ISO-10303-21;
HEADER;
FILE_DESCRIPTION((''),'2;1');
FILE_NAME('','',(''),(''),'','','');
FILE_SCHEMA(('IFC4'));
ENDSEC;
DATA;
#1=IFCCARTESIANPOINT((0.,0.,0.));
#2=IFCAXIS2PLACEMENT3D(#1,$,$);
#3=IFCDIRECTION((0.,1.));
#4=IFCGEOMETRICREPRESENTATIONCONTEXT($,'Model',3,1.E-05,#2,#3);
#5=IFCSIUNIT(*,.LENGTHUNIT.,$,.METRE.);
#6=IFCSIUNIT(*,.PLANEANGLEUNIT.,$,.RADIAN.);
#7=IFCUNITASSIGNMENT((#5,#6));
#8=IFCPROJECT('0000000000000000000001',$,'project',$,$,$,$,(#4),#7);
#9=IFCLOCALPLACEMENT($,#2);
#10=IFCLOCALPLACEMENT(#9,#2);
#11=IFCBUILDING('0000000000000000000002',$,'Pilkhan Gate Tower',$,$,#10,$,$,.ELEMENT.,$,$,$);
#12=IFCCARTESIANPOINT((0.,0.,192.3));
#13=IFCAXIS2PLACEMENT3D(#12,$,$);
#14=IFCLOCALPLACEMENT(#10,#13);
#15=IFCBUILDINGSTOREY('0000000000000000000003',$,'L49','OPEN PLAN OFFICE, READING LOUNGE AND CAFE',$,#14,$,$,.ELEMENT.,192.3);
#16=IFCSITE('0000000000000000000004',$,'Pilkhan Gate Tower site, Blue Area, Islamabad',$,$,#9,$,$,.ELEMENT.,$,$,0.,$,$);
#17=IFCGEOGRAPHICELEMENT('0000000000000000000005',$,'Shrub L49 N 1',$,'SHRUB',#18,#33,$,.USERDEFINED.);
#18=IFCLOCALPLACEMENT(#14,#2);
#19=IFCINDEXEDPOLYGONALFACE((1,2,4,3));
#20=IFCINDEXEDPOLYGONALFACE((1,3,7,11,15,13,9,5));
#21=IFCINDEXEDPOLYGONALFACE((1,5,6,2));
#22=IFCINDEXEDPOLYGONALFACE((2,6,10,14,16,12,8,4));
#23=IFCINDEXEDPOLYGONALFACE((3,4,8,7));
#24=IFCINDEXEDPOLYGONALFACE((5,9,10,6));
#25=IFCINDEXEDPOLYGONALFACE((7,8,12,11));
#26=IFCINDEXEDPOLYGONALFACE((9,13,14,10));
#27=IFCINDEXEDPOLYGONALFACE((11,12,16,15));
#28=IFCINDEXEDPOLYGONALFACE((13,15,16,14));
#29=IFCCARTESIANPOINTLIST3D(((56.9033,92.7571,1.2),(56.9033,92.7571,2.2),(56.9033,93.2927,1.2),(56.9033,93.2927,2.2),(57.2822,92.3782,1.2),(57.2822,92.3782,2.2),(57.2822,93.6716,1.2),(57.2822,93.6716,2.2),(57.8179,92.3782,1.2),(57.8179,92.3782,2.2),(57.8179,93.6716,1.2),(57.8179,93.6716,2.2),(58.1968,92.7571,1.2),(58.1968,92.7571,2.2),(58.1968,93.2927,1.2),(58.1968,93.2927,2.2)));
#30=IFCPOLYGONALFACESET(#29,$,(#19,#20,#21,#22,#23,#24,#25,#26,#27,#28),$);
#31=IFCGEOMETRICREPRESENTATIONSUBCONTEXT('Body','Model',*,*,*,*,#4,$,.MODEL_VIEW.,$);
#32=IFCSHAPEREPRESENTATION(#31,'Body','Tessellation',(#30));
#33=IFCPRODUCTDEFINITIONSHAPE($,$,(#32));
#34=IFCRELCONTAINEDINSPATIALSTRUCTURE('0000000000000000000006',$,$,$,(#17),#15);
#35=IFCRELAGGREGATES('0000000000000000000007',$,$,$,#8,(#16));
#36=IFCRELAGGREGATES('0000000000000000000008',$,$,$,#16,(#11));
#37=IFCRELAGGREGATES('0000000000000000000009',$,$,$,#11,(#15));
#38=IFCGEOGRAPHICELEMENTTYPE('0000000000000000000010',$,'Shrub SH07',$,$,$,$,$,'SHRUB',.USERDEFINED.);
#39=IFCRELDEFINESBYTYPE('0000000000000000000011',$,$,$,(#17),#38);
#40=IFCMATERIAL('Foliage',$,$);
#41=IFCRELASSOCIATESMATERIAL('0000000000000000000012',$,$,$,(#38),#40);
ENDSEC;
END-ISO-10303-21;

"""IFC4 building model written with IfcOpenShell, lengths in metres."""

from ifc_helpers import new_model, si_unit, direction, frame, origin, place, context, subcontext, project, spatial, polyline, outline, extrude, material, material_profile, profile_set, type_object, element, save


model = new_model("IFC4")

# Units and contexts
model_context = context("Model", 3, precision=1e-05, world=origin(), true_north=direction((0.0, 1.0)))
body_context = subcontext(model_context, "Body", "Model", "MODEL_VIEW")
ifc_project = project(units=[si_unit("LENGTHUNIT", "METRE"), si_unit("PLANEANGLEUNIT", "RADIAN")], contexts=[model_context])

# Site, building, storey
site_placement = place(None, origin())
site = spatial("IfcSite", under=ifc_project, at=site_placement, Name="Pilkhan Gate Tower site, Blue Area, Islamabad", CompositionType="ELEMENT", RefElevation=0.0)
building_placement = place(site_placement, origin())
building = spatial("IfcBuilding", under=site, at=building_placement, Name="Pilkhan Gate Tower", CompositionType="ELEMENT")
storey_placement = place(building_placement, frame((0.0, 0.0, 192.3)))
storey = spatial("IfcBuildingStorey", under=building, at=storey_placement, Name="L49", Description="OPEN PLAN OFFICE, READING LOUNGE AND CAFE", CompositionType="ELEMENT", Elevation=192.3)

# Geographic element
ifc_material_1 = material(Name="Foliage")
ifc_material_profile_1 = material_profile(ifc_material_1, outline(polyline([(0.6467, 0.2678), (0.2678, 0.6467), (-0.2678, 0.6467), (-0.6467, 0.2678), (-0.6467, -0.2678), (-0.2678, -0.6467), (0.2678, -0.6467), (0.6467, -0.2678), (0.6467, 0.2678)])), Name="Shrub D1.4")
ifc_profile_set_1 = profile_set([ifc_material_profile_1], Name="Foliage")
geographic_element_type_1 = type_object("IfcGeographicElementType", Name="Shrub SH07", ElementType="SHRUB", PredefinedType="USERDEFINED", material=ifc_profile_set_1)
geographic_element_1_placement = place(storey_placement, frame((57.55, 93.0249, 1.2), z_axis=(0.0, 0.0, 1.0), x_axis=(1.0, 0.0, 0.0)))
element("IfcGeographicElement", 1, at=geographic_element_1_placement, inside=storey, type_object=geographic_element_type_1, Name="Shrub L49 N 1", ObjectType="SHRUB", PredefinedType="USERDEFINED", context=body_context, shape_type="SweptSolid", body=[
    extrude(outline(polyline([(0.6467, 0.2678), (0.2678, 0.6467), (-0.2678, 0.6467), (-0.6467, 0.2678), (-0.6467, -0.2678), (-0.2678, -0.6467), (0.2678, -0.6467), (0.6467, -0.2678), (0.6467, 0.2678)])), origin(), (0.0, 0.0, 1.0), 1.0),
])

save(model, "model.ifc")
